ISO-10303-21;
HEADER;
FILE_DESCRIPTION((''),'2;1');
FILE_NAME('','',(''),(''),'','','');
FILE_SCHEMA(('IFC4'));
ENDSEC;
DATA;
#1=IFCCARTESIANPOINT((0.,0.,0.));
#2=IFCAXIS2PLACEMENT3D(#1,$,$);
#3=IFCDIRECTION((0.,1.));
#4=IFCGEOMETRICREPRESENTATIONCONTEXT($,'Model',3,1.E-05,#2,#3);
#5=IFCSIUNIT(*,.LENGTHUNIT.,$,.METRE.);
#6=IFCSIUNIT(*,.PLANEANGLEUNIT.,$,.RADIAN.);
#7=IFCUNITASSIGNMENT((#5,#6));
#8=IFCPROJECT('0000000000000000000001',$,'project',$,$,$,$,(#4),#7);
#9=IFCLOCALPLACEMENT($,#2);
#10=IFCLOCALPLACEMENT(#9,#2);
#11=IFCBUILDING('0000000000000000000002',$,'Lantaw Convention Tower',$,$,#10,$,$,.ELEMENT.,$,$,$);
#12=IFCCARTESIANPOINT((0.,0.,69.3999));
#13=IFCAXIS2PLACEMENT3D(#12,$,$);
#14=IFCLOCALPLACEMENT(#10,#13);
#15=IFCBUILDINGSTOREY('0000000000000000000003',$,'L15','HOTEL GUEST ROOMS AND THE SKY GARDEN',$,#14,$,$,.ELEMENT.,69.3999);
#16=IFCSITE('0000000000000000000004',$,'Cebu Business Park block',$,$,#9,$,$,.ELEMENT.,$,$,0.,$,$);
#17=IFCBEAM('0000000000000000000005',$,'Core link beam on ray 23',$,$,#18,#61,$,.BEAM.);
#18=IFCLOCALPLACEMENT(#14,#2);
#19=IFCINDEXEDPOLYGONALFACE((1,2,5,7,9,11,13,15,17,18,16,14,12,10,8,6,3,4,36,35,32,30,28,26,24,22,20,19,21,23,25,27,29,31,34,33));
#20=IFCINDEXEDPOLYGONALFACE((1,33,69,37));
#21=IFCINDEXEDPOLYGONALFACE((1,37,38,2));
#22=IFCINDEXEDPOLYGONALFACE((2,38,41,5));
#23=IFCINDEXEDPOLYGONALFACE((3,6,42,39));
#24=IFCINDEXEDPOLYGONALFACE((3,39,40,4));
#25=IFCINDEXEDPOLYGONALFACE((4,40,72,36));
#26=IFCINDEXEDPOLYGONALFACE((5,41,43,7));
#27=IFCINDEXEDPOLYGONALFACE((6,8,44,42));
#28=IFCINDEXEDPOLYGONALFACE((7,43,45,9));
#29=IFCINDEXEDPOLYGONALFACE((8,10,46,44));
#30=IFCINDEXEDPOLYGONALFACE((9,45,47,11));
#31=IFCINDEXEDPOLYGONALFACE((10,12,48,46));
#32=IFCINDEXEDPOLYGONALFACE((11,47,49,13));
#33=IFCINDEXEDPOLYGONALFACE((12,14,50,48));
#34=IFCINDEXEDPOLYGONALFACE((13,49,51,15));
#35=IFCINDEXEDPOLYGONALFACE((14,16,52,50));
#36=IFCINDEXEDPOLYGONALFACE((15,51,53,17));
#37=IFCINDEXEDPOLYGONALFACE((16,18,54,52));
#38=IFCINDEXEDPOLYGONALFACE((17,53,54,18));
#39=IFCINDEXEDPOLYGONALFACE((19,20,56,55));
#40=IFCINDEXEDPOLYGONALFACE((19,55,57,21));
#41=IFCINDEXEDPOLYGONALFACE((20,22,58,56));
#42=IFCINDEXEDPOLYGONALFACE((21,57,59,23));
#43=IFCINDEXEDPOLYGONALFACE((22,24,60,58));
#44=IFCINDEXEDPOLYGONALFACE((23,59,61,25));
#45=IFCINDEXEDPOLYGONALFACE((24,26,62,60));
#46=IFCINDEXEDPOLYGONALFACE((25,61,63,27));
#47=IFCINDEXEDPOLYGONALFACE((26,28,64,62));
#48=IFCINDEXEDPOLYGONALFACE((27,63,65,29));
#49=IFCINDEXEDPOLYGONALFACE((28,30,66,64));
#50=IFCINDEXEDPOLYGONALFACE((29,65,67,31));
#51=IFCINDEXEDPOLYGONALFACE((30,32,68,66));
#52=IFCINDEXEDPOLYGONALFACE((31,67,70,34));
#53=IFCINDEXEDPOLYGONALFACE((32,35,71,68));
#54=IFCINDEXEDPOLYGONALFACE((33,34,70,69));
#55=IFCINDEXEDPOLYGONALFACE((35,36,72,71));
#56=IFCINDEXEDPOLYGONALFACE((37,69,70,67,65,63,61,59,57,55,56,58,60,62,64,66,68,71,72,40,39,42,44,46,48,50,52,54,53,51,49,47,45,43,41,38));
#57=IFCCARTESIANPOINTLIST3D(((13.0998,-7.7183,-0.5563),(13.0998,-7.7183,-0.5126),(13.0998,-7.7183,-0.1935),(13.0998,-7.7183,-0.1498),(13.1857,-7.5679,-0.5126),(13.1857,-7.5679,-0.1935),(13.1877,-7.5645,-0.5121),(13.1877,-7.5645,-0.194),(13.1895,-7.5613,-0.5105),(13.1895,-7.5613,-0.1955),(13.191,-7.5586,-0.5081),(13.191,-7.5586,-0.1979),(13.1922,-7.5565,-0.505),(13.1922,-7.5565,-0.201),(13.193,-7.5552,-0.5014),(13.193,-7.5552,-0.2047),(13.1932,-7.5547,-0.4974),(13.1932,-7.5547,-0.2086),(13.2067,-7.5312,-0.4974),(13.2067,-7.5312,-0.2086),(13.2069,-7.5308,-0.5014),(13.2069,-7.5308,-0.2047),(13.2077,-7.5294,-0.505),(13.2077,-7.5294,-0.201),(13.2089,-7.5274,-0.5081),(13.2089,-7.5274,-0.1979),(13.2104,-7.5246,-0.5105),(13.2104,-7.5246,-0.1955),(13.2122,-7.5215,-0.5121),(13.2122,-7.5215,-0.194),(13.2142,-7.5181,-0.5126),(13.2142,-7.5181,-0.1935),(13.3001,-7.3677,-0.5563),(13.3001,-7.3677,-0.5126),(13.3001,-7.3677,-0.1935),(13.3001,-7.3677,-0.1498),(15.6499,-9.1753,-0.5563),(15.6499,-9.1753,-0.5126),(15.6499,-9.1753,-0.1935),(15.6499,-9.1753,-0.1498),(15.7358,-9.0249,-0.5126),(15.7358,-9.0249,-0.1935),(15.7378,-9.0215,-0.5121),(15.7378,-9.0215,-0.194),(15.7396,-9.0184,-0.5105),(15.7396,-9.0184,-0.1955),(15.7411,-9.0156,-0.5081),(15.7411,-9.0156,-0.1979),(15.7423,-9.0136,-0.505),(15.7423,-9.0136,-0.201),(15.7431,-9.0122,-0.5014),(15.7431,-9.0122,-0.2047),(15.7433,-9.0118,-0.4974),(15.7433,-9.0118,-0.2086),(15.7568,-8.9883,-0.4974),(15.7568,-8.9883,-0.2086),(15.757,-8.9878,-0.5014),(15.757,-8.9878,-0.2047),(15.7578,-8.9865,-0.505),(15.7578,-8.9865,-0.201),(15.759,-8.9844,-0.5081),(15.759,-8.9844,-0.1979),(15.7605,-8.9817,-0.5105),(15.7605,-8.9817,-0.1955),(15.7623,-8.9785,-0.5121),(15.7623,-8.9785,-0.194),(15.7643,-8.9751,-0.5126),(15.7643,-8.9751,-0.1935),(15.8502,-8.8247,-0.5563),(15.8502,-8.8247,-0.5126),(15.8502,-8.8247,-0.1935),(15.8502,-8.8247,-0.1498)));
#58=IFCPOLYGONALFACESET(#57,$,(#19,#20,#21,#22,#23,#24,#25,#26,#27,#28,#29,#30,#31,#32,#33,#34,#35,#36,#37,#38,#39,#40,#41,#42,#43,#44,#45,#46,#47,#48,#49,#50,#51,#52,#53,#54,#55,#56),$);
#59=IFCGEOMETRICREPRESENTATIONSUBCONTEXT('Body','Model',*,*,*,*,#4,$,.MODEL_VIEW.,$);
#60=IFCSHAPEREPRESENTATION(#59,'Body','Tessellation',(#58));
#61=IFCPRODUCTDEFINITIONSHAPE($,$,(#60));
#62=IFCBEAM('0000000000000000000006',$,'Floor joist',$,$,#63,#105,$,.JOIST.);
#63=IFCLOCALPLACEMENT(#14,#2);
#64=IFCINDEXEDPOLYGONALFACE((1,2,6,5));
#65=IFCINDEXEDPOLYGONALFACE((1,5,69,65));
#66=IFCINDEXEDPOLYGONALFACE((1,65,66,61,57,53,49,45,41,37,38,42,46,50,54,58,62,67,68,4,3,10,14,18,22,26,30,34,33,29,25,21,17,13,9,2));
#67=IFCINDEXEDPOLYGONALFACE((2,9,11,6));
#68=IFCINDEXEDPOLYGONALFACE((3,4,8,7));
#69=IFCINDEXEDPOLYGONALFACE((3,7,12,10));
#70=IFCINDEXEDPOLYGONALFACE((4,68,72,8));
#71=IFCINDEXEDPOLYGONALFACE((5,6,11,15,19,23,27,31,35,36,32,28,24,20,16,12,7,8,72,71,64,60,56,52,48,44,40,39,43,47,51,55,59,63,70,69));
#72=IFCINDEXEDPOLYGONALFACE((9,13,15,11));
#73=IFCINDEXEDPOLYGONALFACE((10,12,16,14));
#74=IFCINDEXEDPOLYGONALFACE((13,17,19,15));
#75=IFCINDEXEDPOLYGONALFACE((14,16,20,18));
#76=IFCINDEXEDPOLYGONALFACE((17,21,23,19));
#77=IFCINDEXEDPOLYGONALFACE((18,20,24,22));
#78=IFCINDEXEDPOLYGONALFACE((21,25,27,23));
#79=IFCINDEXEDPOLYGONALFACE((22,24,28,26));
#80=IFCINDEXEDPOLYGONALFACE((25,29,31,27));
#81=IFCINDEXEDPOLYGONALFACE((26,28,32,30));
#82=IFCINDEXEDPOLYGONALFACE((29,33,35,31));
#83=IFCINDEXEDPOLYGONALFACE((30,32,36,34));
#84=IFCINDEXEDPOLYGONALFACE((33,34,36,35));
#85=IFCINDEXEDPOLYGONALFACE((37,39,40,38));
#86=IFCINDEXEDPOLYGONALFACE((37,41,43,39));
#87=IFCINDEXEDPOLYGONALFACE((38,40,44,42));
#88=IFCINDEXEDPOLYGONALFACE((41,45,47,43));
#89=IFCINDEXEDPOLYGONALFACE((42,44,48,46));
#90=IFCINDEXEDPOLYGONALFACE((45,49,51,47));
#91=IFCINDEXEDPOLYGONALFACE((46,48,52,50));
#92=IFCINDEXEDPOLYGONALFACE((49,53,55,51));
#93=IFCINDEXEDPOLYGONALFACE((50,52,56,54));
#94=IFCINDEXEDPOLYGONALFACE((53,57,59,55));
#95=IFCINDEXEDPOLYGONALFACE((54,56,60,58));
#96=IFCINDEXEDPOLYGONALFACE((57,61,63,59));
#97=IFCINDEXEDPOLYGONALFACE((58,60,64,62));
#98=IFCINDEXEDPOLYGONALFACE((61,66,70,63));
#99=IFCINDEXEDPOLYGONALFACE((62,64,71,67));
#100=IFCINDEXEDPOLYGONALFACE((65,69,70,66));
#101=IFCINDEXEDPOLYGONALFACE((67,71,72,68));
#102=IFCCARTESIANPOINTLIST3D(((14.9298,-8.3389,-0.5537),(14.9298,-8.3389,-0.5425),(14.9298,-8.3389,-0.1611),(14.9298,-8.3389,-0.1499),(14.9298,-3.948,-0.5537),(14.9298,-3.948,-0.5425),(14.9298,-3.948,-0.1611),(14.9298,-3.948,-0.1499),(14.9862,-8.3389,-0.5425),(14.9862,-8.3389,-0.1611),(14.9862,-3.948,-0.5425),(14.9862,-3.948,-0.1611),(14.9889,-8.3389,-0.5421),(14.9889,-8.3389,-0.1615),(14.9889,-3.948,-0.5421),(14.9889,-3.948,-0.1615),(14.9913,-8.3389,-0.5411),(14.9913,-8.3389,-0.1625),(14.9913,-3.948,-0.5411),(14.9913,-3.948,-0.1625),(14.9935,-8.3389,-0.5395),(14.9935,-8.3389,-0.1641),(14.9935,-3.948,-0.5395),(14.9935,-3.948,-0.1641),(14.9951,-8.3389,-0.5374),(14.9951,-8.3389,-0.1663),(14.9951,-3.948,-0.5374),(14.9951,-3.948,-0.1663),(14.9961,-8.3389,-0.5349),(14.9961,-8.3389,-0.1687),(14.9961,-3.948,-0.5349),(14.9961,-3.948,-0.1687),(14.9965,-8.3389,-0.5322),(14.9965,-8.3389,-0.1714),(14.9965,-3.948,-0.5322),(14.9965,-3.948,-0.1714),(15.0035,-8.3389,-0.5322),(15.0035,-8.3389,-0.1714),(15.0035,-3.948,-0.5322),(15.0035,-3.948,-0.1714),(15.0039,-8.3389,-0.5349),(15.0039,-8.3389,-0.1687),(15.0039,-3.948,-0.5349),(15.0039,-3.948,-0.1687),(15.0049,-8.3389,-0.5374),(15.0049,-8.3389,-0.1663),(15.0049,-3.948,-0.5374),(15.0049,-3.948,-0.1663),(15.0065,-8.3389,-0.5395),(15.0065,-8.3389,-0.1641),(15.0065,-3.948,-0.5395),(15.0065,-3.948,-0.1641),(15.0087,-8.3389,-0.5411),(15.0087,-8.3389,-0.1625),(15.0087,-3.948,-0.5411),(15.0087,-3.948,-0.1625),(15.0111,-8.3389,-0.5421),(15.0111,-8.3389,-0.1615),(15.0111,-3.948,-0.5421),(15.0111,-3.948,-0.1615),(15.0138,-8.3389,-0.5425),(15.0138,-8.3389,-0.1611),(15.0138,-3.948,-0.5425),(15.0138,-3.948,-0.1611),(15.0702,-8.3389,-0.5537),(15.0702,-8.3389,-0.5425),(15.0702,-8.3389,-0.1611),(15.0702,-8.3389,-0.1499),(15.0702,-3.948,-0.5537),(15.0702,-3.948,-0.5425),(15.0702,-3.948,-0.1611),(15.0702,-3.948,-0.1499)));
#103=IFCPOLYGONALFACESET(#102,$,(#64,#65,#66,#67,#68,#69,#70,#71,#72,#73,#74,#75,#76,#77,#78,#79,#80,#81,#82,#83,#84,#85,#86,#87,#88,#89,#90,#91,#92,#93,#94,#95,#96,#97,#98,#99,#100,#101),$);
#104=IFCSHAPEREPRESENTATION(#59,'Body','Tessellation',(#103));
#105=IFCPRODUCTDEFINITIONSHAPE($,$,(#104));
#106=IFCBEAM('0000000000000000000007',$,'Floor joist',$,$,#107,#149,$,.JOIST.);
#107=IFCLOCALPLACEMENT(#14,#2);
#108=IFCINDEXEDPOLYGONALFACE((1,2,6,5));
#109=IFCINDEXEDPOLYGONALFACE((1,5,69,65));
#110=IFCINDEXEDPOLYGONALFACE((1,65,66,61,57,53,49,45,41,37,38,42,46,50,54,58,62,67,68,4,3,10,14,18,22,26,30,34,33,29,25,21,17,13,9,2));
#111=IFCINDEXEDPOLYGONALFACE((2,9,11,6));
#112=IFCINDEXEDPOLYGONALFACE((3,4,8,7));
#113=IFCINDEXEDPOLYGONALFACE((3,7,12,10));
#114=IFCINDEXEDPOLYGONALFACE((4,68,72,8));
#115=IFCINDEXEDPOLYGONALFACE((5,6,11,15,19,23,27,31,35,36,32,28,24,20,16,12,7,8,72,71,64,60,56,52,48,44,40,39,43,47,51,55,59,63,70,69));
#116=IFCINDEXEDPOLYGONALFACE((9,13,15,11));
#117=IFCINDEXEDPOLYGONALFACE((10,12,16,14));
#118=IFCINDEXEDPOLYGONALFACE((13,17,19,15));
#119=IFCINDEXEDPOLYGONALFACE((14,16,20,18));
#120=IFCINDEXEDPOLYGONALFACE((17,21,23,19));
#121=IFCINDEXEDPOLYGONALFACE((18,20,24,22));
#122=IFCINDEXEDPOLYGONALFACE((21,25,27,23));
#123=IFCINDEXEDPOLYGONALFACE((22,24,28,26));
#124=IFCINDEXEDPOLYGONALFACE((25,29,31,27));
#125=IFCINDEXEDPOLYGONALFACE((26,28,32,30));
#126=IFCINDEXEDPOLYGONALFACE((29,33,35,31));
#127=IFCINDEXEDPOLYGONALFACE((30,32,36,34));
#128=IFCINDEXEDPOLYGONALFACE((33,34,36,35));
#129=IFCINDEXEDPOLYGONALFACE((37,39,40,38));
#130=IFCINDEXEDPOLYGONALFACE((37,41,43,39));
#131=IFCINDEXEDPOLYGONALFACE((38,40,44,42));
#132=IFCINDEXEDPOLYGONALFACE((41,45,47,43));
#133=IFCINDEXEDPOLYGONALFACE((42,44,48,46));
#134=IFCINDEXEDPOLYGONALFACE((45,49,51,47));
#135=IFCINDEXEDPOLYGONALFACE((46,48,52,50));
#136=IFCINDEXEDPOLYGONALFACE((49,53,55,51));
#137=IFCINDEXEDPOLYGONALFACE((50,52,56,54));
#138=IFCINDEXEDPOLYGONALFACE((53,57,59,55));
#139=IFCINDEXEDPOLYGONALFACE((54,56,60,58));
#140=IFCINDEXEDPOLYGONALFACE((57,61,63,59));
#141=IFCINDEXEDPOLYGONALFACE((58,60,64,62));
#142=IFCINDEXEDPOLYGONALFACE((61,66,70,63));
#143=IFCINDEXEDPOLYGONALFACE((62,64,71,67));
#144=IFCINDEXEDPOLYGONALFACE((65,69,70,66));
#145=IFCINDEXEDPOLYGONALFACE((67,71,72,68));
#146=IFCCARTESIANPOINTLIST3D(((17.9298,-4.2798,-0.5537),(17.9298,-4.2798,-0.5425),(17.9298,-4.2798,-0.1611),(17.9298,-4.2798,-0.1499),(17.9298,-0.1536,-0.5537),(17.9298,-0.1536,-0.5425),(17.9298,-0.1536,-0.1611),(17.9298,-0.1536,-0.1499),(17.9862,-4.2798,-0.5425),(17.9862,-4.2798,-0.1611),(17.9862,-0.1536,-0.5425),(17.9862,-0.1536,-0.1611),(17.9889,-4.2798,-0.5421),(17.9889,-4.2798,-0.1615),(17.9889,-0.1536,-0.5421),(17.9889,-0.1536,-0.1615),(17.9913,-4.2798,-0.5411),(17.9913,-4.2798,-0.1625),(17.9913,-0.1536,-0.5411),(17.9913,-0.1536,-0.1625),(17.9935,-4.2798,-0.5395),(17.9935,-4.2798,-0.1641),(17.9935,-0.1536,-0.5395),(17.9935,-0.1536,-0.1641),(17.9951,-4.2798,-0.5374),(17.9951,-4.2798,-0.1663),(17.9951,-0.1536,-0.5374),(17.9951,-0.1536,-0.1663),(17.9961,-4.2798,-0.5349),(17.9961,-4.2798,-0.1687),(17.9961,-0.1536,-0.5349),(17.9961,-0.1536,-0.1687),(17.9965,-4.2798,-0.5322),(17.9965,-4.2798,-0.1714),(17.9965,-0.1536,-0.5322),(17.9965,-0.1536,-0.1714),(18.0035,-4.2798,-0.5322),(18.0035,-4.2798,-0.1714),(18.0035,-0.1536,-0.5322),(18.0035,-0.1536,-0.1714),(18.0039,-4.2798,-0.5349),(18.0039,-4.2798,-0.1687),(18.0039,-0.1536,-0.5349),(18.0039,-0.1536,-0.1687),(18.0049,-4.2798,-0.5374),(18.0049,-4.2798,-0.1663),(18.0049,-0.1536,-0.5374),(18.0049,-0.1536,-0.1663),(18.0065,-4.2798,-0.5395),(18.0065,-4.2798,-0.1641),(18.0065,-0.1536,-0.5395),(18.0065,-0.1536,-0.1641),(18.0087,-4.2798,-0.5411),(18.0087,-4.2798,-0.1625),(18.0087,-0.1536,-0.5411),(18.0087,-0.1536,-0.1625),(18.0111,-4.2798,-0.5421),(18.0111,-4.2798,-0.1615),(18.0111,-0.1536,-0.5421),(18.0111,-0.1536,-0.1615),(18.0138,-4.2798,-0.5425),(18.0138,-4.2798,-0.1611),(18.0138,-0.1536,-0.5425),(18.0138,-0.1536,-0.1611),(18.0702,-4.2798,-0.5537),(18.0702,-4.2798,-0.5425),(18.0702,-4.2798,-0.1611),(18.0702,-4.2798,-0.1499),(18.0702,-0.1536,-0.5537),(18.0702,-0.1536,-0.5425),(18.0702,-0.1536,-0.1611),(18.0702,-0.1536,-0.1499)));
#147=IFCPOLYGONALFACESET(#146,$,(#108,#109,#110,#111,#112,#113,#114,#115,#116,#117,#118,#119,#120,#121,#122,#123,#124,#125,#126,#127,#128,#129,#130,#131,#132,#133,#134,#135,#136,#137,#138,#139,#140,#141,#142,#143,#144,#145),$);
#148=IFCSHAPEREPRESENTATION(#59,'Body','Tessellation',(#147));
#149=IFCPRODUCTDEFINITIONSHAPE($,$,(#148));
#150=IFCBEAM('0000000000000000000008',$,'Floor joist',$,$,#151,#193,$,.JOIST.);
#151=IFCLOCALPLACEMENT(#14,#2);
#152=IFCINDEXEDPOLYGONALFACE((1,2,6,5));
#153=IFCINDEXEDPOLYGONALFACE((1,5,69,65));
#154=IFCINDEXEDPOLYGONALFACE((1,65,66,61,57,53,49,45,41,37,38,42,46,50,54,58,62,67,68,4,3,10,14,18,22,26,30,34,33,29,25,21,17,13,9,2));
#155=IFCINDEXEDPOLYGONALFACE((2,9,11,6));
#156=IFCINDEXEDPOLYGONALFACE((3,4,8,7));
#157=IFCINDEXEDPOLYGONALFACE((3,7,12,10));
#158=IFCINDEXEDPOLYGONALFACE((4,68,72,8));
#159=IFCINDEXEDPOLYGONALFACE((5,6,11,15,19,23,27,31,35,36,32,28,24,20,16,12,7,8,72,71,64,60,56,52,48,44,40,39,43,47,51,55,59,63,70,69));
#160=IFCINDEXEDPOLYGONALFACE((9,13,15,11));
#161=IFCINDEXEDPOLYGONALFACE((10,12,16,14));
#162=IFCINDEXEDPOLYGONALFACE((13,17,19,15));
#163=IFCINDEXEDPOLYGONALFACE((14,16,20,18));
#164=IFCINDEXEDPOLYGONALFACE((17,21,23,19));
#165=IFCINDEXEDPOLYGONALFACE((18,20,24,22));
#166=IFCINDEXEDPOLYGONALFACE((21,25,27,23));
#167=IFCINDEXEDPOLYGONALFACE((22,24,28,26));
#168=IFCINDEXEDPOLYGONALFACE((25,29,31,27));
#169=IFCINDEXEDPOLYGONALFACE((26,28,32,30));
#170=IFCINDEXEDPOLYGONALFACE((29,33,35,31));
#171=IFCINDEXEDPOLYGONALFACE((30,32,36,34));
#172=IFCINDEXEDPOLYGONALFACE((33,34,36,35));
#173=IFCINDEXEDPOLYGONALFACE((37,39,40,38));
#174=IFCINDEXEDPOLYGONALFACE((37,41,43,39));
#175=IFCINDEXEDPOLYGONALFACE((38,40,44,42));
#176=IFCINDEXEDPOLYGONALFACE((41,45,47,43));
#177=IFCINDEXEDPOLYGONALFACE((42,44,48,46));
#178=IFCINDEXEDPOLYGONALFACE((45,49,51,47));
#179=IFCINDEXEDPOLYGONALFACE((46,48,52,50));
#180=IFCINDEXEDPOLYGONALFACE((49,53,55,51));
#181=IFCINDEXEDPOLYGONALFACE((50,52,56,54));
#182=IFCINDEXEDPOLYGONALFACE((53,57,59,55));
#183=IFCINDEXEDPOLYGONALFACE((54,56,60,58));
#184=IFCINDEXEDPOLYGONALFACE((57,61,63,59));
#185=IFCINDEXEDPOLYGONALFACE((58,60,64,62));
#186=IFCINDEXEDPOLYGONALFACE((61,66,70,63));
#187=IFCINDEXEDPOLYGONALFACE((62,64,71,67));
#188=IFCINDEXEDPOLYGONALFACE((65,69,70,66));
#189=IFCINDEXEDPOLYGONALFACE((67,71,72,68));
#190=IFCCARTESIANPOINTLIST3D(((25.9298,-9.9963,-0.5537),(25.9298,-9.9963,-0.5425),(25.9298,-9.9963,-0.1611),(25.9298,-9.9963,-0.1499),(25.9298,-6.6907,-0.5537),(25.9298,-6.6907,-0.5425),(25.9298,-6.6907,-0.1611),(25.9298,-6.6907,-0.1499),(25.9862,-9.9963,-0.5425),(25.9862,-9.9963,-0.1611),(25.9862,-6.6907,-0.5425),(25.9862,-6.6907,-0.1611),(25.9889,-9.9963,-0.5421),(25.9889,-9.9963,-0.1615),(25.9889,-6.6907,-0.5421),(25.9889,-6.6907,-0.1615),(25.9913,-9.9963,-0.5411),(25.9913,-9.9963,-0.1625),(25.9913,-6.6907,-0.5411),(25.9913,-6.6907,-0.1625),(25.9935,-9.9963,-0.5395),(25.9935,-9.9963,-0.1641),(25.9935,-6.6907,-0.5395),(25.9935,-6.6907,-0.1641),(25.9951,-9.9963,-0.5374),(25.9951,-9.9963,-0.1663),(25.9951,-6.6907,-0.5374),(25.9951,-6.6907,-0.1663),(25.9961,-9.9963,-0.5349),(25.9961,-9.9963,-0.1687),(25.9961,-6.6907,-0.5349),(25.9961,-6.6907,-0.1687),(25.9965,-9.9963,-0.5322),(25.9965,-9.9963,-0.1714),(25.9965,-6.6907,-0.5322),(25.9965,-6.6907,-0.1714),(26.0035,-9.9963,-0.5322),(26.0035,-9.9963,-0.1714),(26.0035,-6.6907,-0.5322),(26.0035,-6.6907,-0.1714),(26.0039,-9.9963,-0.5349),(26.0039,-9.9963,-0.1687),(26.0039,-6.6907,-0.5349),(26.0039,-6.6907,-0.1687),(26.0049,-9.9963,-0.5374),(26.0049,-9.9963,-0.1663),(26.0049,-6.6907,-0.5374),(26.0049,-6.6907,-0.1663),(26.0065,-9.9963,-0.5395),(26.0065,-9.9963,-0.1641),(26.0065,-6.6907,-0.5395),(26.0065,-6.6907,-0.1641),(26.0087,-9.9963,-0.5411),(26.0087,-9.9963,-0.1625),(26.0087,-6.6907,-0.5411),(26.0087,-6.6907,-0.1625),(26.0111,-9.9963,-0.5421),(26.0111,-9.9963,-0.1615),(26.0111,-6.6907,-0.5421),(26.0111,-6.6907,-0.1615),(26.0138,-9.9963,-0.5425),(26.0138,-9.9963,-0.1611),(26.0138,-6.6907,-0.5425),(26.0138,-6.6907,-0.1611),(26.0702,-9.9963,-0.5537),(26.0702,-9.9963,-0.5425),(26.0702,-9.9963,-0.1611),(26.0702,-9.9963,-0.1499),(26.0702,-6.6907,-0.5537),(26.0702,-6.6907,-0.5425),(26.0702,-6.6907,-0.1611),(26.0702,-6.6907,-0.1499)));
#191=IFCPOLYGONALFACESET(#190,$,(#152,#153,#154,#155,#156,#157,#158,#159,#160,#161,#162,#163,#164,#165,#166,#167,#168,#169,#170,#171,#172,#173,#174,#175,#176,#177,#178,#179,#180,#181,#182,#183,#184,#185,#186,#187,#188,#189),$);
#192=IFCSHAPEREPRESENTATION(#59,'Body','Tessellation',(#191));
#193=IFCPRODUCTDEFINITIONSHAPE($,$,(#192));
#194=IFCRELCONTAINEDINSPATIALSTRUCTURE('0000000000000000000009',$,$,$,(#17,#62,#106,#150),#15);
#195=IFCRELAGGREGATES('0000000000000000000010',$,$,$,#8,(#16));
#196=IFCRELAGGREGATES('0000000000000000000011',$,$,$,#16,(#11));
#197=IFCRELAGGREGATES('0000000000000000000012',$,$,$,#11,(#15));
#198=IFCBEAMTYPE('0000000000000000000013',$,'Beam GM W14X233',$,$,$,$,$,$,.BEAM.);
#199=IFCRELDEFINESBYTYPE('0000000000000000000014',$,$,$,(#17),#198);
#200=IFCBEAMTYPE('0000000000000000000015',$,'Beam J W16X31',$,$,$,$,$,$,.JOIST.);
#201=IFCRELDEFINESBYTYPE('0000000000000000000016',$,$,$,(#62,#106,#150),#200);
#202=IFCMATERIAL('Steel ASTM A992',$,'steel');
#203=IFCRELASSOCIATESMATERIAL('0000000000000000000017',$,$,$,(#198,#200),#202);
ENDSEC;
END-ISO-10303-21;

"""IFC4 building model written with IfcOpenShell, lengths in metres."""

from ifc_helpers import new_model, si_unit, direction, frame, origin, origin_2d, place, context, subcontext, project, spatial, i_section, extrude, material, material_profile, profile_set, type_object, element, save


model = new_model("IFC4")

# Units and contexts
model_context = context("Model", 3, precision=1e-05, world=origin(), true_north=direction((0.0, 1.0)))
body_context = subcontext(model_context, "Body", "Model", "MODEL_VIEW")
ifc_project = project(units=[si_unit("LENGTHUNIT", "METRE"), si_unit("PLANEANGLEUNIT", "RADIAN")], contexts=[model_context])

# Site, building, storey
site_placement = place(None, origin())
site = spatial("IfcSite", under=ifc_project, at=site_placement, Name="Cebu Business Park block", CompositionType="ELEMENT", RefElevation=0.0)
building_placement = place(site_placement, origin())
building = spatial("IfcBuilding", under=site, at=building_placement, Name="Lantaw Convention Tower", CompositionType="ELEMENT")
storey_placement = place(building_placement, frame((0.0, 0.0, 69.3999)))
storey = spatial("IfcBuildingStorey", under=building, at=storey_placement, Name="L15", Description="HOTEL GUEST ROOMS AND THE SKY GARDEN", CompositionType="ELEMENT", Elevation=69.3999)

# Beams
ifc_material_1 = material(Name="Steel ASTM A992", Category="steel")
ifc_material_profile_1 = material_profile(ifc_material_1, i_section(OverallWidth=0.4038, OverallDepth=0.4065, WebThickness=0.0271, FlangeThickness=0.0437, FilletRadius=0.0151, at=origin_2d()), Name="W14X233")
ifc_profile_set_1 = profile_set([ifc_material_profile_1], Name="Steel ASTM A992")
beam_type_1 = type_object("IfcBeamType", Name="Beam GM W14X233", PredefinedType="BEAM", material=ifc_profile_set_1)
beam_1_placement = place(storey_placement, frame((13.2, -7.543, -0.353), z_axis=(0.868264, -0.496103, 0.0), x_axis=(0.496103, 0.868264, 0.0)))
element("IfcBeam", 1, at=beam_1_placement, inside=storey, type_object=beam_type_1, Name="Core link beam on ray 23", PredefinedType="BEAM", context=body_context, shape_type="SweptSolid", body=[
    extrude(i_section(OverallWidth=0.4038, OverallDepth=0.4065, WebThickness=0.0271, FlangeThickness=0.0437, FilletRadius=0.0151, at=origin_2d()), origin(), (0.0, 0.0, 1.0), 2.937),
])
ifc_material_profile_2 = material_profile(ifc_material_1, i_section(OverallWidth=0.1404, OverallDepth=0.4038, WebThickness=0.0071, FlangeThickness=0.0112, FilletRadius=0.0103, at=origin_2d()), Name="W16X31")
ifc_profile_set_2 = profile_set([ifc_material_profile_2], Name="Steel ASTM A992")
beam_type_2 = type_object("IfcBeamType", Name="Beam J W16X31", PredefinedType="JOIST", material=ifc_profile_set_2)
beam_2_placement = place(storey_placement, frame((15.0, -8.3389, -0.3518), z_axis=(0.0, 1.0, 0.0), x_axis=(-1.0, 0.0, 0.0)))
element("IfcBeam", 2, at=beam_2_placement, inside=storey, type_object=beam_type_2, Name="Floor joist", PredefinedType="JOIST", context=body_context, shape_type="SweptSolid", body=[
    extrude(i_section(OverallWidth=0.1404, OverallDepth=0.4038, WebThickness=0.0071, FlangeThickness=0.0112, FilletRadius=0.0103, at=origin_2d()), origin(), (0.0, 0.0, 1.0), 4.3909),
])
beam_3_placement = place(storey_placement, frame((18.0, -4.2798, -0.3518), z_axis=(0.0, 1.0, 0.0), x_axis=(-1.0, 0.0, 0.0)))
element("IfcBeam", 3, at=beam_3_placement, inside=storey, type_object=beam_type_2, Name="Floor joist", PredefinedType="JOIST", context=body_context, shape_type="SweptSolid", body=[
    extrude(i_section(OverallWidth=0.1404, OverallDepth=0.4038, WebThickness=0.0071, FlangeThickness=0.0112, FilletRadius=0.0103, at=origin_2d()), origin(), (0.0, 0.0, 1.0), 4.1262),
])
beam_4_placement = place(storey_placement, frame((26.0, -9.9963, -0.3518), z_axis=(0.0, 1.0, 0.0), x_axis=(-1.0, 0.0, 0.0)))
element("IfcBeam", 4, at=beam_4_placement, inside=storey, type_object=beam_type_2, Name="Floor joist", PredefinedType="JOIST", context=body_context, shape_type="SweptSolid", body=[
    extrude(i_section(OverallWidth=0.1404, OverallDepth=0.4038, WebThickness=0.0071, FlangeThickness=0.0112, FilletRadius=0.0103, at=origin_2d()), origin(), (0.0, 0.0, 1.0), 3.3057),
])

save(model, "model.ifc")
